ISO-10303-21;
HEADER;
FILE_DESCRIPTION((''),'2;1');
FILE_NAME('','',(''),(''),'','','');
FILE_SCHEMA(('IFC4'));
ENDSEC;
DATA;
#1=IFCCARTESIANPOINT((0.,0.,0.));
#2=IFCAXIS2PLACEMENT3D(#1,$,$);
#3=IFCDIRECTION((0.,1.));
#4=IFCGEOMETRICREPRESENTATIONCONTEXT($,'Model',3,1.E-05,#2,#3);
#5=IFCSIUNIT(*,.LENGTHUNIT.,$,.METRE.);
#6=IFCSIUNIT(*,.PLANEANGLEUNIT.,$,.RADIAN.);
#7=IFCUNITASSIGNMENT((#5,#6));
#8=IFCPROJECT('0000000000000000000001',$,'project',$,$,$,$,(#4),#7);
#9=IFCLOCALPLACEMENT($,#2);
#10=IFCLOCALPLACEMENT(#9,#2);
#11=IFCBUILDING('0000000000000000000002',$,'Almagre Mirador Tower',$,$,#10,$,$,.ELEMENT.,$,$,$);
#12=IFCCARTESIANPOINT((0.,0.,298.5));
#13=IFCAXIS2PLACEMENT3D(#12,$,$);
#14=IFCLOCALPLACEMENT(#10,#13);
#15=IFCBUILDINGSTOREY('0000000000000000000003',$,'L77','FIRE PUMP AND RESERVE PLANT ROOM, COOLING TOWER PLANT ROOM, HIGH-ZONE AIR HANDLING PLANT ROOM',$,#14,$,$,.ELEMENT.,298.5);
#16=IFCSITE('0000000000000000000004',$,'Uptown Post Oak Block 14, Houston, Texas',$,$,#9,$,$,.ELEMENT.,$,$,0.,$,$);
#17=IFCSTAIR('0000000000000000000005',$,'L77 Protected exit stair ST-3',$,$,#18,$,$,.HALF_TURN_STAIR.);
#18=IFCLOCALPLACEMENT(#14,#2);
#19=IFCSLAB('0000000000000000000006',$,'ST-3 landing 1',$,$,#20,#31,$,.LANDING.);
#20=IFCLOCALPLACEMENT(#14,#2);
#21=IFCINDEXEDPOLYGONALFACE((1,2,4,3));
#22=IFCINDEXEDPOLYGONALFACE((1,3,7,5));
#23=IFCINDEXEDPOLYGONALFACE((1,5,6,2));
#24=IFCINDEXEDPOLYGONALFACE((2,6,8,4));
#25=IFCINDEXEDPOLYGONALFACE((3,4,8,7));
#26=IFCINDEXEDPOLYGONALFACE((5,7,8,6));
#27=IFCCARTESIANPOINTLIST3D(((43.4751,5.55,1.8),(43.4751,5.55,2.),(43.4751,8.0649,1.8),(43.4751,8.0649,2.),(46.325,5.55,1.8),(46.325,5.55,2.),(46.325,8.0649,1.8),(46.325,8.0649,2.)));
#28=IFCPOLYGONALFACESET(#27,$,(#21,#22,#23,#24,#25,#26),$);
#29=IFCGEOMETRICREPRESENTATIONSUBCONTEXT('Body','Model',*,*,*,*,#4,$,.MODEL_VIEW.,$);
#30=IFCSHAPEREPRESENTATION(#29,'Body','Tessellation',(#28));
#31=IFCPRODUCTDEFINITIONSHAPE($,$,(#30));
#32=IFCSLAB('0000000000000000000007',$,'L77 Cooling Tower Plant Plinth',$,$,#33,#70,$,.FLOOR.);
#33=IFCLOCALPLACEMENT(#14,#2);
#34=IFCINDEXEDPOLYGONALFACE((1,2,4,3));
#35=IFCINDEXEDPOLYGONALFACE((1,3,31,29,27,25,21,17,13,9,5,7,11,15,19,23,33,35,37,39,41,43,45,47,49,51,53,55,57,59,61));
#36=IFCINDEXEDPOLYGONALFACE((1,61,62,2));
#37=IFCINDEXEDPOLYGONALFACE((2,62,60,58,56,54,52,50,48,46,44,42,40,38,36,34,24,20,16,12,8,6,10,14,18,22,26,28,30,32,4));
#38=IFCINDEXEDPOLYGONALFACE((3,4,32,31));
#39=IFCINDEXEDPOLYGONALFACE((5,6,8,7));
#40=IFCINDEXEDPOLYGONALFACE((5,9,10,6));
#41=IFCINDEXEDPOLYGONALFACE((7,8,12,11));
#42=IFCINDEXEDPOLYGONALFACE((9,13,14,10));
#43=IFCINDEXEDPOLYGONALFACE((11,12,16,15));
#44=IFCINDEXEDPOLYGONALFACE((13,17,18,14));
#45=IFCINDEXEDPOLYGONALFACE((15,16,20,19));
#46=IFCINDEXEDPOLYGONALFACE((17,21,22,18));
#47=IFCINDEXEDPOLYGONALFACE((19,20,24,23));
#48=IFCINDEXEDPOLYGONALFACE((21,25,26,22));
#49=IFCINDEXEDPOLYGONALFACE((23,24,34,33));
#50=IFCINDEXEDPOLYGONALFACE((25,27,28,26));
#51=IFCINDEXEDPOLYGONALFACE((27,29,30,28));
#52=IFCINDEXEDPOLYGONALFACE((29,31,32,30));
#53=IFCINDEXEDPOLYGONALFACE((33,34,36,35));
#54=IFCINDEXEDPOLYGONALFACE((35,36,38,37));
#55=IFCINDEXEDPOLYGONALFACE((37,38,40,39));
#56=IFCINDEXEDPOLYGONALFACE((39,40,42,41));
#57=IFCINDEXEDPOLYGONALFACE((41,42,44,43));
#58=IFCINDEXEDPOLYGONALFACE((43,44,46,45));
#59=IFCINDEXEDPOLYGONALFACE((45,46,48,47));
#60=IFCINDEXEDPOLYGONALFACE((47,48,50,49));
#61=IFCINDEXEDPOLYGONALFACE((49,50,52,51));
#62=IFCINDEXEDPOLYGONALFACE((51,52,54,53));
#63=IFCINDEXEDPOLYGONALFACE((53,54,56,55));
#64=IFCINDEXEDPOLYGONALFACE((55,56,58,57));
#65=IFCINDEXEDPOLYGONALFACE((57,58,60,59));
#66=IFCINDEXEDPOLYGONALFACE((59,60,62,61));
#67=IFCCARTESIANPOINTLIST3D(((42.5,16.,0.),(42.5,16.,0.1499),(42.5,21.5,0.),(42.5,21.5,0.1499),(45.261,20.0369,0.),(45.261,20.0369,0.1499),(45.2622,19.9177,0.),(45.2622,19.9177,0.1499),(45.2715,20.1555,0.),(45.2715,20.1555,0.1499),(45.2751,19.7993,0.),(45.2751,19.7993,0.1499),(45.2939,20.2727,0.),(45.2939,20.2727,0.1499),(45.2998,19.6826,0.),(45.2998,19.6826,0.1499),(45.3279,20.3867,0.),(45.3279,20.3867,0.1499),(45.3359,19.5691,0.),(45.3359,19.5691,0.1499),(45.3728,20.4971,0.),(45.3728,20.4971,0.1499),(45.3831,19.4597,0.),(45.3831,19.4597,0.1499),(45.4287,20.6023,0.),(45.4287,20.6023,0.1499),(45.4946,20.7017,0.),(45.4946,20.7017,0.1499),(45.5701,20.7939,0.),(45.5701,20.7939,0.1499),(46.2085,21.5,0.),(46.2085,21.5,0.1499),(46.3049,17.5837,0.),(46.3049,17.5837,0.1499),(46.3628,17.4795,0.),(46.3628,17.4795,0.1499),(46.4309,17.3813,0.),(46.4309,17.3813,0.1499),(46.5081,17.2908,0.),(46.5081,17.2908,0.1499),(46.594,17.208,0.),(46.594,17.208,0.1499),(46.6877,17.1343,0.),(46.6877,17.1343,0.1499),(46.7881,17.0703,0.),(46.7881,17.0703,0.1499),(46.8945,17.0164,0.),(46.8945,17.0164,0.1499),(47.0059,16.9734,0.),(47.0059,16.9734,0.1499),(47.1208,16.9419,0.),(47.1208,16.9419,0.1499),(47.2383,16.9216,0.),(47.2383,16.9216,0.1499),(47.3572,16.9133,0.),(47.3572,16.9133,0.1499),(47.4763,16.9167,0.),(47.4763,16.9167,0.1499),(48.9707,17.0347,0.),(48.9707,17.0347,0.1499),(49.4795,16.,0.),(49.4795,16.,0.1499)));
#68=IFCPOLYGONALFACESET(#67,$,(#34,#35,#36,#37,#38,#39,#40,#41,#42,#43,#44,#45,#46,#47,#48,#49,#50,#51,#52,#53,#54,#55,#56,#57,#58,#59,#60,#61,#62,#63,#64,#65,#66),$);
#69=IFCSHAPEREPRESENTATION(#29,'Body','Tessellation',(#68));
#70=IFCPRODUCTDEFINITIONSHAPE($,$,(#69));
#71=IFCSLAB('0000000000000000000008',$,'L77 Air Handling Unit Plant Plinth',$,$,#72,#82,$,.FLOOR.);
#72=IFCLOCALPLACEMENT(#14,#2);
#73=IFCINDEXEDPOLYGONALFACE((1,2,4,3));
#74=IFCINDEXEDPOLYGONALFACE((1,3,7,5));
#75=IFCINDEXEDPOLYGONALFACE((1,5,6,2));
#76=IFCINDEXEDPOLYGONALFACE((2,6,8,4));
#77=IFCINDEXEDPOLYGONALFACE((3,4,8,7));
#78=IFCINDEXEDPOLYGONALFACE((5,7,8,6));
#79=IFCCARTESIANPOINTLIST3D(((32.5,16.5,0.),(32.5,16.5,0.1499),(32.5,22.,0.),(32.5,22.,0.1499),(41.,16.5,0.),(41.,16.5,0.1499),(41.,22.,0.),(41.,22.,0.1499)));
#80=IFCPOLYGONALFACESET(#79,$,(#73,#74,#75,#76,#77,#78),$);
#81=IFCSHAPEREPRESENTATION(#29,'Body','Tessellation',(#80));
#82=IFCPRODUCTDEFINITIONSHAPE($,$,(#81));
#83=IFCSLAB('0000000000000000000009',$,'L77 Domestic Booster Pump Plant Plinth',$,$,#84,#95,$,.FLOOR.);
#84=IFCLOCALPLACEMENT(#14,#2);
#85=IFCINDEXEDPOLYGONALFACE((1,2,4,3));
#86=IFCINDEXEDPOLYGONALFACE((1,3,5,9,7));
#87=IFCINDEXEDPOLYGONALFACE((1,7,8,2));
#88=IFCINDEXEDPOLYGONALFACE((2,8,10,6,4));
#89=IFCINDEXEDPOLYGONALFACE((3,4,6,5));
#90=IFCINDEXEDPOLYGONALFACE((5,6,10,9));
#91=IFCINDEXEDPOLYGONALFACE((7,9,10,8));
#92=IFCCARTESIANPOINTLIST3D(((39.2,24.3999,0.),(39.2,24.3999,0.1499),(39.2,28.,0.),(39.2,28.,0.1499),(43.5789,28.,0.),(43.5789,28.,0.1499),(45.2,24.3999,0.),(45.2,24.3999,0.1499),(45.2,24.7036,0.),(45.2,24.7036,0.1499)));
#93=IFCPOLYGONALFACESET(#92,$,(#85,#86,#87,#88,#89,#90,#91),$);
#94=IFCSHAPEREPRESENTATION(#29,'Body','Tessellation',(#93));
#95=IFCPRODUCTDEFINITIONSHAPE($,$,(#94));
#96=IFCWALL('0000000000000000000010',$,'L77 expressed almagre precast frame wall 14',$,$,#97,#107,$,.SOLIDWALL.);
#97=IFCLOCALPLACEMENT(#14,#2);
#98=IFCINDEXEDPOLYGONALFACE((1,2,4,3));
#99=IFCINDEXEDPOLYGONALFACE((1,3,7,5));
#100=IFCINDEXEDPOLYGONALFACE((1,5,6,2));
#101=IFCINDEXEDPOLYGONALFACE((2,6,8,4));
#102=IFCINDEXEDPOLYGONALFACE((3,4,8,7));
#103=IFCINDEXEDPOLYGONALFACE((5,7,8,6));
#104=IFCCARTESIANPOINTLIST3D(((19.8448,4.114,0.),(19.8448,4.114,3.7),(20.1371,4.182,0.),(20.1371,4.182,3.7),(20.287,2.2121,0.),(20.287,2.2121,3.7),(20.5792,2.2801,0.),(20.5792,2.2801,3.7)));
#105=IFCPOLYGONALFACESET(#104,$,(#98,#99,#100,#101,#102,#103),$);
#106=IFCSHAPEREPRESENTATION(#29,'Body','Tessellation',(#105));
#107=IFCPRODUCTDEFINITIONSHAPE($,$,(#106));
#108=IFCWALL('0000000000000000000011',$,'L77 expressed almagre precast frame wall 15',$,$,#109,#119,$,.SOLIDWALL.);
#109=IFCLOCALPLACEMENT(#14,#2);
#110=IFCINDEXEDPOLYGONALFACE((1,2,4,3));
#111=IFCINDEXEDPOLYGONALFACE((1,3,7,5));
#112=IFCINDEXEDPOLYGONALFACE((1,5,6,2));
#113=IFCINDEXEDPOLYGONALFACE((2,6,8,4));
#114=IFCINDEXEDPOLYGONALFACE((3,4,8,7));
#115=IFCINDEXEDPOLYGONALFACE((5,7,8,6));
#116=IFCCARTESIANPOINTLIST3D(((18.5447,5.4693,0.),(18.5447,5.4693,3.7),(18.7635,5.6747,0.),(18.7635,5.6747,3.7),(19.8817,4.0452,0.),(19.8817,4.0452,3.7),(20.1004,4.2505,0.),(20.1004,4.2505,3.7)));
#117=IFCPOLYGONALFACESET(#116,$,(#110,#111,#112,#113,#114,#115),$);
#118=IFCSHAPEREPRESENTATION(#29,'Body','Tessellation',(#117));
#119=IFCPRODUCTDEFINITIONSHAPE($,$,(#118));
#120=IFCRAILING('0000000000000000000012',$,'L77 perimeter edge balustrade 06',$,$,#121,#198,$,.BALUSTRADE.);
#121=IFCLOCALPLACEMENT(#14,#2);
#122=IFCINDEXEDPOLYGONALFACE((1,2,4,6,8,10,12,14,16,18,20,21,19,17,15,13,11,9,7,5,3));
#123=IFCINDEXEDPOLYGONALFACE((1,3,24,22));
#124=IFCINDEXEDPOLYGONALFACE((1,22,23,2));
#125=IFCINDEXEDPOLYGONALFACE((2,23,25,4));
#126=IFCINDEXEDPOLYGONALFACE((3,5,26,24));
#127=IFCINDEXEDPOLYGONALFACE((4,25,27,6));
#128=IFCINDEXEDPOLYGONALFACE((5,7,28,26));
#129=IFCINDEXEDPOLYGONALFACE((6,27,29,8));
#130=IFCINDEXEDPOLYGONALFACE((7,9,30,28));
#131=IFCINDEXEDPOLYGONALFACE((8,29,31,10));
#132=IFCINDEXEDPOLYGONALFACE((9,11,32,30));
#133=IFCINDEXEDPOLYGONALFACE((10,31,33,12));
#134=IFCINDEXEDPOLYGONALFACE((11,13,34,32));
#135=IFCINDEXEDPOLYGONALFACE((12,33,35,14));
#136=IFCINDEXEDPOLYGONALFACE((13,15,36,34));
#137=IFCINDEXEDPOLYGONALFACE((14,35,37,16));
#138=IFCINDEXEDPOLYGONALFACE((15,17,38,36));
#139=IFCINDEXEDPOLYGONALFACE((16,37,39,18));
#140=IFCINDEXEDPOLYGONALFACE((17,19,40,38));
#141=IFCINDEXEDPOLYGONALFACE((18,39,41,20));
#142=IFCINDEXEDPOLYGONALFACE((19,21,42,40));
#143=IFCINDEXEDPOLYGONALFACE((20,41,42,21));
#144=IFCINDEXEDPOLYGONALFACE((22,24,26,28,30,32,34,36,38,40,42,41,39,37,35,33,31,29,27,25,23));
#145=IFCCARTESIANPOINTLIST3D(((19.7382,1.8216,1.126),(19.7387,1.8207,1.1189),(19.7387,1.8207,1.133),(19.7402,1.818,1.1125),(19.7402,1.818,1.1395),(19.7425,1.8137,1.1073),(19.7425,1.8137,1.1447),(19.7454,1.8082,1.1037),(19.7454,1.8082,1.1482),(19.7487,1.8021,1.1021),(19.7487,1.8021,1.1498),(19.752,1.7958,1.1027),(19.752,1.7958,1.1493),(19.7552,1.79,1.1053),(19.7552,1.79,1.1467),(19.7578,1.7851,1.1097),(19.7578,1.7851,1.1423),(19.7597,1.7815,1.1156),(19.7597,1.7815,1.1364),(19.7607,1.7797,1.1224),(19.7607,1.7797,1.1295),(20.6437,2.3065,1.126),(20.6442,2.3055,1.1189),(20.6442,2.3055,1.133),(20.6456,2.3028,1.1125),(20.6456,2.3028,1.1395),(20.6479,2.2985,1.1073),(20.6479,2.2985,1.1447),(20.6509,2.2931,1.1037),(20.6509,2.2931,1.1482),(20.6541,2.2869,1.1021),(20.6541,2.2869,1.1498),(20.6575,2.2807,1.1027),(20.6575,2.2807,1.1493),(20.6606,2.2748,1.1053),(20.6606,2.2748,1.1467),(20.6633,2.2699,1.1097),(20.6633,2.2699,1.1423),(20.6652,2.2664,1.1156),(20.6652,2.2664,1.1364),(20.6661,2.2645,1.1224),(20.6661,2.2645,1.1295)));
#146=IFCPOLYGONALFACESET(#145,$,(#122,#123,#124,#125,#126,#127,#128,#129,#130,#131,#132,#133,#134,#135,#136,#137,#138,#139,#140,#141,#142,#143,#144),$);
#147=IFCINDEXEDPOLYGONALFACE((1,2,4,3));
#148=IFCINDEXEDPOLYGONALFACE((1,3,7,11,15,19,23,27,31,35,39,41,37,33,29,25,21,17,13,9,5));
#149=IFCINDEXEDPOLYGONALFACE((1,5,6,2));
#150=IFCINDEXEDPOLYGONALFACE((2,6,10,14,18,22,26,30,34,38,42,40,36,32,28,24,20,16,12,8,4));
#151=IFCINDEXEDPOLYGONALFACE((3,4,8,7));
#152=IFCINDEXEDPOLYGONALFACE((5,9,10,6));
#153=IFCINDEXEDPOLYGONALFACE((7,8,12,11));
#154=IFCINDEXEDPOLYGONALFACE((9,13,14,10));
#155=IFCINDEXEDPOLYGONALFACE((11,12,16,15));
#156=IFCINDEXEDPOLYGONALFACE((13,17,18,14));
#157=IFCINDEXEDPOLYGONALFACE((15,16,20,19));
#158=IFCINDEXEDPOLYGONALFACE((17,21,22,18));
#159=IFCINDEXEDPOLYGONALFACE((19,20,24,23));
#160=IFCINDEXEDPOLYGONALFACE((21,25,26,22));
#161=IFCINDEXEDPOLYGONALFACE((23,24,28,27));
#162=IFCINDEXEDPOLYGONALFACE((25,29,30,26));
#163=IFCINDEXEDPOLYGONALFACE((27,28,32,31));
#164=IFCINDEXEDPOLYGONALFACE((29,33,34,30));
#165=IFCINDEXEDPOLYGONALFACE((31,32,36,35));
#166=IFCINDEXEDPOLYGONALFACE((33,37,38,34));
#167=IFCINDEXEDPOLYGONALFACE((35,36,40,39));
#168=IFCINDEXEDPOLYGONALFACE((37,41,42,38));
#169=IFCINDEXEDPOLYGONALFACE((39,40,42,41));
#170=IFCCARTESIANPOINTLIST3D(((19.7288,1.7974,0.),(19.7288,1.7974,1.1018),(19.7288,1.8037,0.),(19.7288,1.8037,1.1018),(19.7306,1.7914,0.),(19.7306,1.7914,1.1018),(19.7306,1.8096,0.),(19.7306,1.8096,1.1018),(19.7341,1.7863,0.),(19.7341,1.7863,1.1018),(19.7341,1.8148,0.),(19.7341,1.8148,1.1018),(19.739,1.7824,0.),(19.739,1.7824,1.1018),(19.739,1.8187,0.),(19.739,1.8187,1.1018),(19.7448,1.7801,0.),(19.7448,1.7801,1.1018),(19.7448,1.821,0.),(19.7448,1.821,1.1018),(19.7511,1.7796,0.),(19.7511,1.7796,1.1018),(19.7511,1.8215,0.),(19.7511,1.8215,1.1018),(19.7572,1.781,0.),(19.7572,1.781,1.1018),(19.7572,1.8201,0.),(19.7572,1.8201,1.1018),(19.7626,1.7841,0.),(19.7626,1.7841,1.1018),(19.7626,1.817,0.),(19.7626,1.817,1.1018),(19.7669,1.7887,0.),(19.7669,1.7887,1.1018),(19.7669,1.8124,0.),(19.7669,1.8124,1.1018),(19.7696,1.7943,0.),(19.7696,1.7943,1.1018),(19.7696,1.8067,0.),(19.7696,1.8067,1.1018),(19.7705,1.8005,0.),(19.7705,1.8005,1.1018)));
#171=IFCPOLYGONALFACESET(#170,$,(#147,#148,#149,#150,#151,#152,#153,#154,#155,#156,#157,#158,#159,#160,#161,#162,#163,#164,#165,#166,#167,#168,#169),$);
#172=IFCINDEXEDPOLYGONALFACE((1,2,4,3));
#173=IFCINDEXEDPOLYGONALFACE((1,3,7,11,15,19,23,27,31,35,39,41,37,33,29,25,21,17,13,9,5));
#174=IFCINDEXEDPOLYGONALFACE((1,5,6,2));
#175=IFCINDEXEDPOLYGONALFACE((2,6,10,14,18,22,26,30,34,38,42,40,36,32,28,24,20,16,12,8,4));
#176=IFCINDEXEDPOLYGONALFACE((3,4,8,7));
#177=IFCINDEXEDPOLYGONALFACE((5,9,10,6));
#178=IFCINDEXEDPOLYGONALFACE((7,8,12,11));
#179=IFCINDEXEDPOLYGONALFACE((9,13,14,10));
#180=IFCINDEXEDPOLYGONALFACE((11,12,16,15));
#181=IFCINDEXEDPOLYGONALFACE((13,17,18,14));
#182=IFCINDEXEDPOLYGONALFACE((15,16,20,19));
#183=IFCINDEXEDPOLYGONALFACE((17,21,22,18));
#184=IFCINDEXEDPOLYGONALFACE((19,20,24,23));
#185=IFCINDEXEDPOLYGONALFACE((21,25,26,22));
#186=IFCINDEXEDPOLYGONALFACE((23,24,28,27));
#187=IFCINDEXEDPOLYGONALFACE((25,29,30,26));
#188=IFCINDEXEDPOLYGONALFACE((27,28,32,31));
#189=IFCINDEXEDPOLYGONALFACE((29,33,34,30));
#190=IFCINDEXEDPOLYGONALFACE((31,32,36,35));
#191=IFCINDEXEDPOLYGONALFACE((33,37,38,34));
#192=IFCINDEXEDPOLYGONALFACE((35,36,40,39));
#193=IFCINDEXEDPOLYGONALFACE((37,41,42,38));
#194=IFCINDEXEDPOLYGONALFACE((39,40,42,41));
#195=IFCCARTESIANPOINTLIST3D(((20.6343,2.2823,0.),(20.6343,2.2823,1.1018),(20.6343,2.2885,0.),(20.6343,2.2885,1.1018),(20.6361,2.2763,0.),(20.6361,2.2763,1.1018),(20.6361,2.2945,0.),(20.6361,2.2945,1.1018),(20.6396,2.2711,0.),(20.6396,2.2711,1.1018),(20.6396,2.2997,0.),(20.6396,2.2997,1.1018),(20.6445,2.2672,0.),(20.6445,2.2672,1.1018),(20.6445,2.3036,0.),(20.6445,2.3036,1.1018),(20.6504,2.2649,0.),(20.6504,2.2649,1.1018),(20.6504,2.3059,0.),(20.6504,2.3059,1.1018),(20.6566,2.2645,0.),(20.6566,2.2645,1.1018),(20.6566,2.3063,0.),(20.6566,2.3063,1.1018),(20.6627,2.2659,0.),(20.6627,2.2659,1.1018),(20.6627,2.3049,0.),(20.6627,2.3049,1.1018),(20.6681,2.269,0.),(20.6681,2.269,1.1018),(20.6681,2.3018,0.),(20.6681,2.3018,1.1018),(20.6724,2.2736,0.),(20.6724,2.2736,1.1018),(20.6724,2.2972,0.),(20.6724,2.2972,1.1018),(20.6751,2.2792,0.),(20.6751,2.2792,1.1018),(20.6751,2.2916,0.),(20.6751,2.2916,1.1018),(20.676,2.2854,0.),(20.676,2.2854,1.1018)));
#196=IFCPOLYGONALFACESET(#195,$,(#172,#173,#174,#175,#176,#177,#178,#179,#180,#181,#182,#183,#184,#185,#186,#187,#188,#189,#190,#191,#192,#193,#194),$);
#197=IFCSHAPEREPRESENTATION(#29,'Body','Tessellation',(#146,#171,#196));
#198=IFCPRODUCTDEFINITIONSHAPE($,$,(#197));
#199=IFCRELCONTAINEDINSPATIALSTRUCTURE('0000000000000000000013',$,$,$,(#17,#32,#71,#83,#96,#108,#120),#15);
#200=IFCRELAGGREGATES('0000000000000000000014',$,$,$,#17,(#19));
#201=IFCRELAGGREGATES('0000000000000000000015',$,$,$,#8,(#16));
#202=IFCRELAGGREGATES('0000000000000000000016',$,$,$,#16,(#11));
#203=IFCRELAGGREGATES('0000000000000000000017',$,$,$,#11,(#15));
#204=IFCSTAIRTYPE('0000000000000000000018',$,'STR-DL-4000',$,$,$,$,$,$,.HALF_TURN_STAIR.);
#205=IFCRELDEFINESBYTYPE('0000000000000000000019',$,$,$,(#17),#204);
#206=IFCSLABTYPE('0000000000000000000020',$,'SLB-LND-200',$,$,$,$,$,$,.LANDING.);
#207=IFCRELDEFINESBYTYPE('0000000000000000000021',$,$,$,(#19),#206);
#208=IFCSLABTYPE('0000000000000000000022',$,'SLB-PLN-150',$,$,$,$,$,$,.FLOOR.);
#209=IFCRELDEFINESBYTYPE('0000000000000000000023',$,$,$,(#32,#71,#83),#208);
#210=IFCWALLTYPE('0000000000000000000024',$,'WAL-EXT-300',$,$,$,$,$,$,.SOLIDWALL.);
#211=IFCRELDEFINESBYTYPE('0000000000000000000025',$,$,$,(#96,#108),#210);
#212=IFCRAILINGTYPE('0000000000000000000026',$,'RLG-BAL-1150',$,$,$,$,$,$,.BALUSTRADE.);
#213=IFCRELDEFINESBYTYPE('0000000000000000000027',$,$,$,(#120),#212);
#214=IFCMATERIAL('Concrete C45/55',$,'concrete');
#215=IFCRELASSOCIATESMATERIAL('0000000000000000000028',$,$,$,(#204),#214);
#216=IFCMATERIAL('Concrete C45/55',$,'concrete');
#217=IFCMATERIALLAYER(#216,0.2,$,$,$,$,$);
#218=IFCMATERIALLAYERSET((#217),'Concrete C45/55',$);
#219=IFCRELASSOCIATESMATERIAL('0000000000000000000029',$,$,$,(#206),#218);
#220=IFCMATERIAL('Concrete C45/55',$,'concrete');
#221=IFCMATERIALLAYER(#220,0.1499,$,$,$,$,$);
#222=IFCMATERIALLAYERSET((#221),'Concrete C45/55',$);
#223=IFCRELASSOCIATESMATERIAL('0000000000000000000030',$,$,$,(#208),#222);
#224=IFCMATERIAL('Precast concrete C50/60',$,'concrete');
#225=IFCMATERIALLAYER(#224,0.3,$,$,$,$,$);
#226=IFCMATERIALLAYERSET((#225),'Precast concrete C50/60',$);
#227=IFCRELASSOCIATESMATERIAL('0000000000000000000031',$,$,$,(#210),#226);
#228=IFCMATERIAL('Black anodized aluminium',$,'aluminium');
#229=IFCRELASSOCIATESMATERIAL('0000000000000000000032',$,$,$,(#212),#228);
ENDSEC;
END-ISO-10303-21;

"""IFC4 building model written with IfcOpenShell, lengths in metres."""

from ifc_helpers import new_model, si_unit, direction, frame, frame_2d, origin, origin_2d, place, context, subcontext, project, spatial, polyline, rectangle, circle, outline, extrude, material, layer, layer_set, type_object, element, aggregate, save


model = new_model("IFC4")

# Units and contexts
model_context = context("Model", 3, precision=1e-05, world=origin(), true_north=direction((0.0, 1.0)))
body_context = subcontext(model_context, "Body", "Model", "MODEL_VIEW")
ifc_project = project(units=[si_unit("LENGTHUNIT", "METRE"), si_unit("PLANEANGLEUNIT", "RADIAN")], contexts=[model_context])

# Site, building, storey
site_placement = place(None, origin())
site = spatial("IfcSite", under=ifc_project, at=site_placement, Name="Uptown Post Oak Block 14, Houston, Texas", CompositionType="ELEMENT", RefElevation=0.0)
building_placement = place(site_placement, origin())
building = spatial("IfcBuilding", under=site, at=building_placement, Name="Almagre Mirador Tower", CompositionType="ELEMENT")
storey_placement = place(building_placement, frame((0.0, 0.0, 298.5)))
storey = spatial("IfcBuildingStorey", under=building, at=storey_placement, Name="L77", Description="FIRE PUMP AND RESERVE PLANT ROOM, COOLING TOWER PLANT ROOM, HIGH-ZONE AIR HANDLING PLANT ROOM", CompositionType="ELEMENT", Elevation=298.5)

# Stair, slab
ifc_material_1 = material(Name="Concrete C45/55", Category="concrete")
stair_type = type_object("IfcStairType", Name="STR-DL-4000", PredefinedType="HALF_TURN_STAIR", material=ifc_material_1)
ifc_material_2 = material(Name="Concrete C45/55", Category="concrete")
ifc_layer_1 = layer(ifc_material_2, 0.2)
ifc_layer_set_1 = layer_set([ifc_layer_1], Name="Concrete C45/55")
slab_type_1 = type_object("IfcSlabType", Name="SLB-LND-200", PredefinedType="LANDING", material=ifc_layer_set_1)
stair_1_placement = place(storey_placement, origin())
stair_1 = element("IfcStair", 1, at=stair_1_placement, inside=storey, type_object=stair_type, Name="L77 Protected exit stair ST-3", PredefinedType="HALF_TURN_STAIR")
slab_1_placement = place(storey_placement, frame((0.0, 0.0, 1.8)))
slab_1 = element("IfcSlab", 2, at=slab_1_placement, type_object=slab_type_1, Name="ST-3 landing 1", PredefinedType="LANDING", context=body_context, shape_type="SweptSolid", body=[
    extrude(outline(polyline([(43.4751, 8.0649), (43.4751, 5.55), (46.325, 5.55), (46.325, 8.0649), (43.4751, 8.0649)])), origin(), (0.0, 0.0, 1.0), 0.2),
])
aggregate(stair_1, [slab_1])

# Slabs
ifc_material_3 = material(Name="Concrete C45/55", Category="concrete")
ifc_layer_2 = layer(ifc_material_3, 0.1499)
ifc_layer_set_2 = layer_set([ifc_layer_2], Name="Concrete C45/55")
slab_type_2 = type_object("IfcSlabType", Name="SLB-PLN-150", PredefinedType="FLOOR", material=ifc_layer_set_2)
slab_2_placement = place(storey_placement, origin())
element("IfcSlab", 3, at=slab_2_placement, inside=storey, type_object=slab_type_2, Name="L77 Cooling Tower Plant Plinth", PredefinedType="FLOOR", context=body_context, shape_type="SweptSolid", body=[
    extrude(outline(polyline([(49.4795, 16.0), (48.9707, 17.0347), (47.4763, 16.9167), (47.3572, 16.9133), (47.2383, 16.9216), (47.1208, 16.9419), (47.0059, 16.9734), (46.8945, 17.0164), (46.7881, 17.0703), (46.6877, 17.1343), (46.594, 17.208), (46.5081, 17.2908), (46.4309, 17.3813), (46.3628, 17.4795), (46.3049, 17.5837), (45.3831, 19.4597), (45.3359, 19.5691), (45.2998, 19.6826), (45.2751, 19.7993), (45.2622, 19.9177), (45.261, 20.0369), (45.2715, 20.1555), (45.2939, 20.2727), (45.3279, 20.3867), (45.3728, 20.4971), (45.4287, 20.6023), (45.4946, 20.7017), (45.5701, 20.7939), (46.2085, 21.5), (42.5, 21.5), (42.5, 16.0), (49.4795, 16.0)])), origin(), (0.0, 0.0, 1.0), 0.1499),
])
slab_3_placement = place(storey_placement, origin())
element("IfcSlab", 4, at=slab_3_placement, inside=storey, type_object=slab_type_2, Name="L77 Air Handling Unit Plant Plinth", PredefinedType="FLOOR", context=body_context, shape_type="SweptSolid", body=[
    extrude(outline(polyline([(32.5, 16.5), (41.0, 16.5), (41.0, 22.0), (32.5, 22.0), (32.5, 16.5)])), origin(), (0.0, 0.0, 1.0), 0.1499),
])
slab_4_placement = place(storey_placement, origin())
element("IfcSlab", 5, at=slab_4_placement, inside=storey, type_object=slab_type_2, Name="L77 Domestic Booster Pump Plant Plinth", PredefinedType="FLOOR", context=body_context, shape_type="SweptSolid", body=[
    extrude(outline(polyline([(45.2, 24.7036), (43.5789, 28.0), (39.2, 28.0), (39.2, 24.3999), (45.2, 24.3999), (45.2, 24.7036)])), origin(), (0.0, 0.0, 1.0), 0.1499),
])

# Walls
ifc_material_4 = material(Name="Precast concrete C50/60", Category="concrete")
ifc_layer_3 = layer(ifc_material_4, 0.3)
ifc_layer_set_3 = layer_set([ifc_layer_3], Name="Precast concrete C50/60")
wall_type = type_object("IfcWallType", Name="WAL-EXT-300", PredefinedType="SOLIDWALL", material=ifc_layer_set_3)
wall_1_placement = place(storey_placement, frame((20.4331, 2.2461, 0.0), z_axis=(0.0, 0.0, 1.0), x_axis=(-0.226439, 0.974025, 0.0)))
element("IfcWall", 6, at=wall_1_placement, inside=storey, type_object=wall_type, Name="L77 expressed almagre precast frame wall 14", PredefinedType="SOLIDWALL", context=body_context, shape_type="SweptSolid", body=[
    extrude(rectangle(XDim=1.9526, YDim=0.3, at=frame_2d((0.9763, 0.0))), origin(), (0.0, 0.0, 1.0), 3.7),
])
wall_2_placement = place(storey_placement, frame((19.991, 4.1479, 0.0), z_axis=(0.0, 0.0, 1.0), x_axis=(-0.684444, 0.729065, 0.0)))
element("IfcWall", 7, at=wall_2_placement, inside=storey, type_object=wall_type, Name="L77 expressed almagre precast frame wall 15", PredefinedType="SOLIDWALL", context=body_context, shape_type="SweptSolid", body=[
    extrude(rectangle(XDim=1.9534, YDim=0.3, at=frame_2d((0.9766, 0.0))), origin(), (0.0, 0.0, 1.0), 3.7),
])

# Railing
ifc_material_5 = material(Name="Black anodized aluminium", Category="aluminium")
railing_type = type_object("IfcRailingType", Name="RLG-BAL-1150", PredefinedType="BALUSTRADE", material=ifc_material_5)
railing_1_placement = place(storey_placement, frame((19.7495, 1.8005, 0.0)))
element("IfcRailing", 8, at=railing_1_placement, inside=storey, type_object=railing_type, Name="L77 perimeter edge balustrade 06", PredefinedType="BALUSTRADE", context=body_context, shape_type="SweptSolid", body=[
    extrude(circle(Radius=0.0239, at=origin_2d()), frame((0.0, 0.0, 1.126), z_axis=(0.881575, 0.472043, 0.0), x_axis=(-0.472043, 0.881575, 0.0)), (0.0, 0.0, 1.0), 1.0271),
    extrude(circle(Radius=0.021, at=origin_2d()), origin(), (0.0, 0.0, 1.0), 1.1018),
    extrude(circle(Radius=0.021, at=origin_2d()), frame((0.9055, 0.4849, 0.0)), (0.0, 0.0, 1.0), 1.1018),
])

save(model, "model.ifc")
